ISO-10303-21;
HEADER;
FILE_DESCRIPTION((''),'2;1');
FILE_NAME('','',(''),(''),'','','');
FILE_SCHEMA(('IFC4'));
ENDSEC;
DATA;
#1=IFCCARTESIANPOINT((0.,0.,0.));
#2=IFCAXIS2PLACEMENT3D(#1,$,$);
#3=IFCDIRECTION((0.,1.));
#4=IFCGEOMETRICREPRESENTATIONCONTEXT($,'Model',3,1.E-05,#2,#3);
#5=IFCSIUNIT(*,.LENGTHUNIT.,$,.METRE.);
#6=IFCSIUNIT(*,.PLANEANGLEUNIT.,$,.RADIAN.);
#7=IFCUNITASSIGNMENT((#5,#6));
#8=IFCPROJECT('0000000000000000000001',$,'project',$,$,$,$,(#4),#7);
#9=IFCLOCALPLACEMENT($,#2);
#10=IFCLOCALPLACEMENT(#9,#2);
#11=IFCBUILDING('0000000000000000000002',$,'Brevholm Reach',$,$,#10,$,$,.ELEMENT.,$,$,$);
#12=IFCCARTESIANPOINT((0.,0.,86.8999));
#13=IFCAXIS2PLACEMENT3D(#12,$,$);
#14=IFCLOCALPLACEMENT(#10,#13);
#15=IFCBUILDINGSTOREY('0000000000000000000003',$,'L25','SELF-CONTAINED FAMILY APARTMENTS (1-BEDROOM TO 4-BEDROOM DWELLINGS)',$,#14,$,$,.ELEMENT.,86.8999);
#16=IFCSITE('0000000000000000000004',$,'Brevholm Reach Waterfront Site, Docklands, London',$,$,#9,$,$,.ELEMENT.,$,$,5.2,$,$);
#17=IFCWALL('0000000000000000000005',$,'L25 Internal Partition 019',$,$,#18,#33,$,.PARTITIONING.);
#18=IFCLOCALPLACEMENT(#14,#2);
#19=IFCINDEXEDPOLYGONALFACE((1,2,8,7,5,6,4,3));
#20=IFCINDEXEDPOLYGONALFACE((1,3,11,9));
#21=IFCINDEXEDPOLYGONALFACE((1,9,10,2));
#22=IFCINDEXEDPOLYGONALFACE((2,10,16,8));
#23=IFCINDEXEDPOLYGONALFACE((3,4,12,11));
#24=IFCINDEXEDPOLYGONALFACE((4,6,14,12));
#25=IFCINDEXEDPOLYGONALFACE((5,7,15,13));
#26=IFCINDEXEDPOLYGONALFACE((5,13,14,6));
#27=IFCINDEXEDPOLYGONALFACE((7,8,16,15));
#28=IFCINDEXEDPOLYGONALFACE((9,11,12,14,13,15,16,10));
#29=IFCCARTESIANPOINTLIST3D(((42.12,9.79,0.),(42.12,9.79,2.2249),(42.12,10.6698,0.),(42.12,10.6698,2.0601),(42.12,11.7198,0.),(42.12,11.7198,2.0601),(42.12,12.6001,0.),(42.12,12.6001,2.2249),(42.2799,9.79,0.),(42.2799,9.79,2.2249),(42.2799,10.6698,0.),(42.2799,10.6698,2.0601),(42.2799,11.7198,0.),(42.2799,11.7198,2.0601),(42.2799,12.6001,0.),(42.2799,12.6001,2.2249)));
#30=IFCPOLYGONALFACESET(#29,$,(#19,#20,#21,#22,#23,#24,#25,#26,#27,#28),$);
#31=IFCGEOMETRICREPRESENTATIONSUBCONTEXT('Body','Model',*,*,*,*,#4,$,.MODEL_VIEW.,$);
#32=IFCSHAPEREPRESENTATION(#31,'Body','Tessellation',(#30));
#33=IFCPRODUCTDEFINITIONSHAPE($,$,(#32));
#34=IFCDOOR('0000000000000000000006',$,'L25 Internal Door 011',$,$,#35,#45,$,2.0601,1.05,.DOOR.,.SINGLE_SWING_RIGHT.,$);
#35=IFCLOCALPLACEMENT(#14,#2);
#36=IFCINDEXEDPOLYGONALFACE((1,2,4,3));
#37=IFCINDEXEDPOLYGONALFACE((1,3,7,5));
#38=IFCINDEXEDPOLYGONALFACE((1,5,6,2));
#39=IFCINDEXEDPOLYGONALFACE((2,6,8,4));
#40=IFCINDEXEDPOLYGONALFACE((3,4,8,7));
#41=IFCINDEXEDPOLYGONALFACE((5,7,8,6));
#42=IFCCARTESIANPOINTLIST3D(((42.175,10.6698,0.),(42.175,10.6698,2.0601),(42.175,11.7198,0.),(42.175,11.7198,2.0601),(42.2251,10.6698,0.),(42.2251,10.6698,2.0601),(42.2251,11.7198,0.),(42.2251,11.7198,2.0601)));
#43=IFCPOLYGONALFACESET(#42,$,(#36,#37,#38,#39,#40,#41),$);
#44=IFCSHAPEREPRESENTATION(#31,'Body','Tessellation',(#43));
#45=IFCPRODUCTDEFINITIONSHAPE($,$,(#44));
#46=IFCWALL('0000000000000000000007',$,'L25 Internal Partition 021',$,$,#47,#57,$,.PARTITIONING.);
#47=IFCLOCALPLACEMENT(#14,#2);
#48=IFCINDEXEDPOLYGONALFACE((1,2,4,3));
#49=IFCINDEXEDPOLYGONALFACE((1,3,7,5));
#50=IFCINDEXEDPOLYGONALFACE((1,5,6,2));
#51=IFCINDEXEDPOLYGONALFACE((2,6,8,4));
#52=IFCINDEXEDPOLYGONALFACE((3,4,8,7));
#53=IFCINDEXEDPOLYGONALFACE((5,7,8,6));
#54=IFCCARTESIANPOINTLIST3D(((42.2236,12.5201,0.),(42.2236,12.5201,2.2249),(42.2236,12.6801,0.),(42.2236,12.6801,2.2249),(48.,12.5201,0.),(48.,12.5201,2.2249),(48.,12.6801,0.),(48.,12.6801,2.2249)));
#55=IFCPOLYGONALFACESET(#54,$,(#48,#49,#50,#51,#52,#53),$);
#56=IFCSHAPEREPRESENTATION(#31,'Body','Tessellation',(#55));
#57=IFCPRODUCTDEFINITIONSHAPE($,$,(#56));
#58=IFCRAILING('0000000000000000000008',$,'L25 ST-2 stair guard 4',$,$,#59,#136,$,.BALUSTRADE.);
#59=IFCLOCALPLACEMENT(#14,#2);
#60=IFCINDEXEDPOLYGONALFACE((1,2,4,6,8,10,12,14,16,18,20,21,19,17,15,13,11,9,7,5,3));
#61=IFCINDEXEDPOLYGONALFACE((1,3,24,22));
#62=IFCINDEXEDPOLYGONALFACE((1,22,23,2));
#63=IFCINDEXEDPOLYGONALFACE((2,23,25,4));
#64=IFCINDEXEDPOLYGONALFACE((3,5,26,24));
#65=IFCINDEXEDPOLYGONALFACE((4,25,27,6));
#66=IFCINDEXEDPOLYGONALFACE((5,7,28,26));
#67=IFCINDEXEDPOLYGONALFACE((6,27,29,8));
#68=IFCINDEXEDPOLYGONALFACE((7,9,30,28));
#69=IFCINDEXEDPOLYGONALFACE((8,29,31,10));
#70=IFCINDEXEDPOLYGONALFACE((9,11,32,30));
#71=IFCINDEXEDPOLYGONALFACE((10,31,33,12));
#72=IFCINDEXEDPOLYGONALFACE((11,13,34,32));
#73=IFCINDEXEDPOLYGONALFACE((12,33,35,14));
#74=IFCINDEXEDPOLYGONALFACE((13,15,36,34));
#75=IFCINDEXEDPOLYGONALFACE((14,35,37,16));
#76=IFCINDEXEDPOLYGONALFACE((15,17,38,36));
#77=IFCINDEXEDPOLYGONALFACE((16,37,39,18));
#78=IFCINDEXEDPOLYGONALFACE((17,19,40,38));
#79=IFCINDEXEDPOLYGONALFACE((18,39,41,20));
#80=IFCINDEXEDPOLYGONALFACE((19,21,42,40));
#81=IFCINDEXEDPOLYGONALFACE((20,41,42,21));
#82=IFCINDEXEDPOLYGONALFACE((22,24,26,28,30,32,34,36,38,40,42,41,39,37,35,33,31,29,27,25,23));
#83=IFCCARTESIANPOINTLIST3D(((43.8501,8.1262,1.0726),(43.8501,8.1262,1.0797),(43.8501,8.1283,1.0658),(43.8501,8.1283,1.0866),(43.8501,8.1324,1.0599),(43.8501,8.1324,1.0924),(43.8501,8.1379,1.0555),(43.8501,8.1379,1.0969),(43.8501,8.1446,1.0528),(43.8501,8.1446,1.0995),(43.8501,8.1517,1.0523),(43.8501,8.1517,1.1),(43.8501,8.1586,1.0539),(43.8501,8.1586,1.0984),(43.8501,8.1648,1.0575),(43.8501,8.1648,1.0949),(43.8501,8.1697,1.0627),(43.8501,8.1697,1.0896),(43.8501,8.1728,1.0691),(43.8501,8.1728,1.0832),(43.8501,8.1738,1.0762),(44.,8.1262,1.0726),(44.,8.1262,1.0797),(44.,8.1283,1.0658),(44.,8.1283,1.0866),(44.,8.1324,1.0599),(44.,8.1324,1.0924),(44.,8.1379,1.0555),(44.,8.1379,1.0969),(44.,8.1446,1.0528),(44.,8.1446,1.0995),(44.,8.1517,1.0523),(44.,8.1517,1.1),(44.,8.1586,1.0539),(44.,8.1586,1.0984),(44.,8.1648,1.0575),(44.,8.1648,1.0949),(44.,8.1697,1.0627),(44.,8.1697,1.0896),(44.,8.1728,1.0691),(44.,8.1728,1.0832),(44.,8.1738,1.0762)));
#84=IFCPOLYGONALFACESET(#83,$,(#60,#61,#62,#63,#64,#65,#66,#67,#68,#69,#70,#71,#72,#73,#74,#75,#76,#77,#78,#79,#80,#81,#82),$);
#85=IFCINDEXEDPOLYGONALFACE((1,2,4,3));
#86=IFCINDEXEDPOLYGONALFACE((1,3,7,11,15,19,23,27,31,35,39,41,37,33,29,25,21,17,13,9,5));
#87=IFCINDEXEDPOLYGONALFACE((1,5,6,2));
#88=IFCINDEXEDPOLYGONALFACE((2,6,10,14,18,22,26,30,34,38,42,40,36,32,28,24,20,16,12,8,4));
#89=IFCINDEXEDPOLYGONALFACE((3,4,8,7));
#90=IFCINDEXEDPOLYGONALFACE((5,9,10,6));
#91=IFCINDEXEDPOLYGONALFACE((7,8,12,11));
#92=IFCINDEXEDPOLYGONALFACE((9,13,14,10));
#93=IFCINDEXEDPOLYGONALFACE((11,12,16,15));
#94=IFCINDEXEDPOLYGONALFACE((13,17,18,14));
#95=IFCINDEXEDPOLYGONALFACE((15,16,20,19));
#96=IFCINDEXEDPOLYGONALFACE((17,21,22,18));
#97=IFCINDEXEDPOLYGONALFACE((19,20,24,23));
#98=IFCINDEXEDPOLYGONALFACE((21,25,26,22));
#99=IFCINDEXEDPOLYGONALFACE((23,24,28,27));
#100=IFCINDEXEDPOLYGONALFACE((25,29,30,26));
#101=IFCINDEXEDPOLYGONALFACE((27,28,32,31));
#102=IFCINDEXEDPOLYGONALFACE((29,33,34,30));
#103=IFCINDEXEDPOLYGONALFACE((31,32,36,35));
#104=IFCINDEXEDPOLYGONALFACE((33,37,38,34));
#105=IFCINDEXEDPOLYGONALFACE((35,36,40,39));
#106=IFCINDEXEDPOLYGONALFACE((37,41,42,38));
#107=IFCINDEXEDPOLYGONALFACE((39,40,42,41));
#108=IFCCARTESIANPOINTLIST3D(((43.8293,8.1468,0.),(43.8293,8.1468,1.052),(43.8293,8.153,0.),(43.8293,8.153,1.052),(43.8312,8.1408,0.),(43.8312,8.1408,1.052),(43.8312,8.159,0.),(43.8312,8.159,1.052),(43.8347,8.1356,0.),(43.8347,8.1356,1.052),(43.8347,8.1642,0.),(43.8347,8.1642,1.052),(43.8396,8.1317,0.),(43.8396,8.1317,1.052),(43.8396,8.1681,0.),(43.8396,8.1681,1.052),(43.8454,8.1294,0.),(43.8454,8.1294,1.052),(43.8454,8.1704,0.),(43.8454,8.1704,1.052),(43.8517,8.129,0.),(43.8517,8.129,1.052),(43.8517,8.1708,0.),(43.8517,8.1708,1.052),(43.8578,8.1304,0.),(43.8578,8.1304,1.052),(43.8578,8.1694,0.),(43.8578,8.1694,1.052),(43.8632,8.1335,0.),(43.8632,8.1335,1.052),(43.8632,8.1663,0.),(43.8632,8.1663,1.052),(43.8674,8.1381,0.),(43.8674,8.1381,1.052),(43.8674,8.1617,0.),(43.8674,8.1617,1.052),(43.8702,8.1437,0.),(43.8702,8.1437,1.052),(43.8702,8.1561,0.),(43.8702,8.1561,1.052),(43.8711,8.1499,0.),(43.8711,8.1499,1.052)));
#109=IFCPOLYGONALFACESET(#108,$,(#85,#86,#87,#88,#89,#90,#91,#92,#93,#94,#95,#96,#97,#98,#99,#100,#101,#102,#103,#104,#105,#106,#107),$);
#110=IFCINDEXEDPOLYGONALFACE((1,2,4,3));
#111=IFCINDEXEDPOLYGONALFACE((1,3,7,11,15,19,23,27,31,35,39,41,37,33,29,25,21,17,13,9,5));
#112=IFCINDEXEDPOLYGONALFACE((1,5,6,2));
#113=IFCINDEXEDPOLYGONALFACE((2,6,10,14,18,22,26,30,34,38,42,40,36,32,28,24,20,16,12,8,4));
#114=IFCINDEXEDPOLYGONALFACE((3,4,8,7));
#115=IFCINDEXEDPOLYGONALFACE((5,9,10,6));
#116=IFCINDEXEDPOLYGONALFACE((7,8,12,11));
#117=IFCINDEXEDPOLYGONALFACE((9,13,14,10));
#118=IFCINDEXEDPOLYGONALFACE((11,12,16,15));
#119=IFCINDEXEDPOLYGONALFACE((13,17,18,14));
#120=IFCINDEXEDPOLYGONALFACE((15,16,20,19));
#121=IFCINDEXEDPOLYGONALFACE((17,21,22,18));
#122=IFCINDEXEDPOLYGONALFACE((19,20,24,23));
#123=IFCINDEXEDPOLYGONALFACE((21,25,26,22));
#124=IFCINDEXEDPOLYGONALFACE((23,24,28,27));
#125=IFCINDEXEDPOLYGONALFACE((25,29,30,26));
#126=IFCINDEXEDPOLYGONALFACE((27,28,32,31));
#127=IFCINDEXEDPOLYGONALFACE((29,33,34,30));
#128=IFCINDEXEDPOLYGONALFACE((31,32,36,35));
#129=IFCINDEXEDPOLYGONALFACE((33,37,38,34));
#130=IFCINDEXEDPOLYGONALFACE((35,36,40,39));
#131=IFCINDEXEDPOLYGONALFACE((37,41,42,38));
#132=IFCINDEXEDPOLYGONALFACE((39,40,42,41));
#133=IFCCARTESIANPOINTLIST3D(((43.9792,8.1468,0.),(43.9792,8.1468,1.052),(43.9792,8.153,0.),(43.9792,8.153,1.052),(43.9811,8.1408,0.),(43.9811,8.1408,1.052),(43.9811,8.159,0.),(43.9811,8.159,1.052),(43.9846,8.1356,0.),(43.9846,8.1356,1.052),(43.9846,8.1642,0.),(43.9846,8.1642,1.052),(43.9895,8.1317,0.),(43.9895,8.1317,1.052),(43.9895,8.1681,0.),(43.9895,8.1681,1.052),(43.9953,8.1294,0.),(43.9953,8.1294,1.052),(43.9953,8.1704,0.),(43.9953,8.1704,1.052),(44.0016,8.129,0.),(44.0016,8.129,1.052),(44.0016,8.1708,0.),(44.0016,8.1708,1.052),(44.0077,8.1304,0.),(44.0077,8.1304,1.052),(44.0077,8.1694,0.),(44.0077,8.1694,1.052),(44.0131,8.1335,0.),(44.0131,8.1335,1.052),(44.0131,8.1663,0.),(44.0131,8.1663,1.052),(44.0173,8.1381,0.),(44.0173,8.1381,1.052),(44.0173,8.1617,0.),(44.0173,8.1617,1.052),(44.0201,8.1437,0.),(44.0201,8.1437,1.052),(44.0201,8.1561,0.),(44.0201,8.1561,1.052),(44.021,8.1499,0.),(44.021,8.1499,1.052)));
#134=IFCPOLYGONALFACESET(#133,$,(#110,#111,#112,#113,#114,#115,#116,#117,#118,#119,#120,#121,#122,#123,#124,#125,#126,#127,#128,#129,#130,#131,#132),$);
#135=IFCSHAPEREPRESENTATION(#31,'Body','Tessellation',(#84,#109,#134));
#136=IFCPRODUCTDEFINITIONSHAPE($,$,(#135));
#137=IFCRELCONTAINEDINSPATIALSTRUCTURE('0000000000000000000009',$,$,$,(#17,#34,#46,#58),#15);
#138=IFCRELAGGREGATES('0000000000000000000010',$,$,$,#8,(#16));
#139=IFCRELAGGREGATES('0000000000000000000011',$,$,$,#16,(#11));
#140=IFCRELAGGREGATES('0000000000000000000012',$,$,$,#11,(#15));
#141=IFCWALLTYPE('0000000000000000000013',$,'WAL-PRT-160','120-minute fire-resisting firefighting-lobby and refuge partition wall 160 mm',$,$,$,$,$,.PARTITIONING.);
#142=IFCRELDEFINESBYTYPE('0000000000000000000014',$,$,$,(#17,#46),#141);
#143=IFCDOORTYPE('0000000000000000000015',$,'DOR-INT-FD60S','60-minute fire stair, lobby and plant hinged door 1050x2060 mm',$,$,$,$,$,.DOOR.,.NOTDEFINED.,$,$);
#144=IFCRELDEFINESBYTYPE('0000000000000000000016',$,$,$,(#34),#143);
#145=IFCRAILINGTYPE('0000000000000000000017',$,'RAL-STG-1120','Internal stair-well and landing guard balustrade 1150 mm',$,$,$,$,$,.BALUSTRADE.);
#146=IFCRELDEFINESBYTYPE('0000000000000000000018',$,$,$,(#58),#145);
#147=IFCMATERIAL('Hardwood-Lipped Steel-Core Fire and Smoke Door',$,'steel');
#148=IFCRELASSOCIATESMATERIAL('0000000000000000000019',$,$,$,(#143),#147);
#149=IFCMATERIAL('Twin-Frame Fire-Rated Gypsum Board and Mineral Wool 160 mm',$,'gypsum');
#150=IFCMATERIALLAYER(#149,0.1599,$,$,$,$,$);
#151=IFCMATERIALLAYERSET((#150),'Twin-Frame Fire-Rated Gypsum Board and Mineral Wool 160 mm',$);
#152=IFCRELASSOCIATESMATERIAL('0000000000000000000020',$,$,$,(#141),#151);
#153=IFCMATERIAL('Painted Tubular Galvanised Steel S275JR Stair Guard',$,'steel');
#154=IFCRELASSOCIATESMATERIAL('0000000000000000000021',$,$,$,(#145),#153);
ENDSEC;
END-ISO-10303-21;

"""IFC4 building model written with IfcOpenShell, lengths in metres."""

from ifc_helpers import new_model, si_unit, direction, frame, frame_2d, origin, origin_2d, place, context, subcontext, project, spatial, rectangle, circle, extrude, material, layer, layer_set, type_object, element, fill, save


model = new_model("IFC4")

# Units and contexts
model_context = context("Model", 3, precision=1e-05, world=origin(), true_north=direction((0.0, 1.0)))
body_context = subcontext(model_context, "Body", "Model", "MODEL_VIEW")
ifc_project = project(units=[si_unit("LENGTHUNIT", "METRE"), si_unit("PLANEANGLEUNIT", "RADIAN")], contexts=[model_context])

# Site, building, storey
site_placement = place(None, origin())
site = spatial("IfcSite", under=ifc_project, at=site_placement, Name="Brevholm Reach Waterfront Site, Docklands, London", CompositionType="ELEMENT", RefElevation=5.2)
building_placement = place(site_placement, origin())
building = spatial("IfcBuilding", under=site, at=building_placement, Name="Brevholm Reach", CompositionType="ELEMENT")
storey_placement = place(building_placement, frame((0.0, 0.0, 86.8999)))
storey = spatial("IfcBuildingStorey", under=building, at=storey_placement, Name="L25", Description="SELF-CONTAINED FAMILY APARTMENTS (1-BEDROOM TO 4-BEDROOM DWELLINGS)", CompositionType="ELEMENT", Elevation=86.8999)

# Shared definitions
ifc_material_1 = material(Name="Hardwood-Lipped Steel-Core Fire and Smoke Door", Category="steel")
door_type_1 = type_object("IfcDoorType", Name="DOR-INT-FD60S", Description="60-minute fire stair, lobby and plant hinged door 1050x2060 mm", OperationType="NOTDEFINED", PredefinedType="DOOR", material=ifc_material_1)

# Wall, opening, door
ifc_material_2 = material(Name="Twin-Frame Fire-Rated Gypsum Board and Mineral Wool 160 mm", Category="gypsum")
ifc_layer_1 = layer(ifc_material_2, 0.1599)
ifc_layer_set_1 = layer_set([ifc_layer_1], Name="Twin-Frame Fire-Rated Gypsum Board and Mineral Wool 160 mm")
wall_type_1 = type_object("IfcWallType", Name="WAL-PRT-160", Description="120-minute fire-resisting firefighting-lobby and refuge partition wall 160 mm", PredefinedType="PARTITIONING", material=ifc_layer_set_1)
wall_1_placement = place(storey_placement, frame((42.2, 9.79, 0.0), z_axis=(0.0, 0.0, 1.0), x_axis=(0.0, 1.0, 0.0)))
wall_1 = element("IfcWall", 1, at=wall_1_placement, inside=storey, type_object=wall_type_1, Name="L25 Internal Partition 019", PredefinedType="PARTITIONING", context=body_context, shape_type="SweptSolid", body=[
    extrude(rectangle(XDim=2.8101, YDim=0.1599, at=frame_2d((1.405, 0.0))), origin(), (0.0, 0.0, 1.0), 2.2249),
])
opening_1_placement = place(wall_1_placement, frame((0.8799, 0.0, 0.0)))
opening_1 = element("IfcOpeningElement", 2, at=opening_1_placement, cuts=wall_1, PredefinedType="OPENING", context=body_context, shape_type="SweptSolid", body=[
    extrude(rectangle(XDim=1.05, YDim=2.0601, at=frame_2d((0.5249, 1.03))), frame((0.0, 0.0898, 0.0), z_axis=(0.0, -1.0, 0.0), x_axis=(1.0, 0.0, 0.0)), (0.0, 0.0, 1.0), 0.1799),
])
door_1_placement = place(opening_1_placement, origin())
door_1 = element("IfcDoor", 3, at=door_1_placement, inside=storey, type_object=door_type_1, Name="L25 Internal Door 011", OperationType="SINGLE_SWING_RIGHT", OverallHeight=2.0601, OverallWidth=1.05, PredefinedType="DOOR", context=body_context, shape_type="SweptSolid", body=[
    extrude(rectangle(XDim=1.05, YDim=2.0601, at=frame_2d((0.5249, 1.03))), frame((0.0, 0.0249, 0.0), z_axis=(0.0, -1.0, 0.0), x_axis=(1.0, 0.0, 0.0)), (0.0, 0.0, 1.0), 0.05),
])
fill(opening_1, door_1)

# Wall
wall_2_placement = place(storey_placement, frame((42.2236, 12.6001, 0.0), z_axis=(0.0, 0.0, 1.0), x_axis=(1.0, 0.0, 0.0)))
element("IfcWall", 4, at=wall_2_placement, inside=storey, type_object=wall_type_1, Name="L25 Internal Partition 021", PredefinedType="PARTITIONING", context=body_context, shape_type="SweptSolid", body=[
    extrude(rectangle(XDim=5.7764, YDim=0.1599, at=frame_2d((2.8882, 0.0))), origin(), (0.0, 0.0, 1.0), 2.2249),
])

# Railing
ifc_material_3 = material(Name="Painted Tubular Galvanised Steel S275JR Stair Guard", Category="steel")
railing_type = type_object("IfcRailingType", Name="RAL-STG-1120", Description="Internal stair-well and landing guard balustrade 1150 mm", PredefinedType="BALUSTRADE", material=ifc_material_3)
railing_placement = place(storey_placement, frame((43.8501, 8.1499, 0.0)))
element("IfcRailing", 5, at=railing_placement, inside=storey, type_object=railing_type, Name="L25 ST-2 stair guard 4", PredefinedType="BALUSTRADE", context=body_context, shape_type="SweptSolid", body=[
    extrude(circle(Radius=0.0239, at=origin_2d()), frame((0.0, 0.0, 1.0762), z_axis=(1.0, 0.0, 0.0), x_axis=(0.0, 1.0, 0.0)), (0.0, 0.0, 1.0), 0.1499),
    extrude(circle(Radius=0.021, at=origin_2d()), origin(), (0.0, 0.0, 1.0), 1.052),
    extrude(circle(Radius=0.021, at=origin_2d()), frame((0.1499, 0.0, 0.0)), (0.0, 0.0, 1.0), 1.052),
])

save(model, "model.ifc")
